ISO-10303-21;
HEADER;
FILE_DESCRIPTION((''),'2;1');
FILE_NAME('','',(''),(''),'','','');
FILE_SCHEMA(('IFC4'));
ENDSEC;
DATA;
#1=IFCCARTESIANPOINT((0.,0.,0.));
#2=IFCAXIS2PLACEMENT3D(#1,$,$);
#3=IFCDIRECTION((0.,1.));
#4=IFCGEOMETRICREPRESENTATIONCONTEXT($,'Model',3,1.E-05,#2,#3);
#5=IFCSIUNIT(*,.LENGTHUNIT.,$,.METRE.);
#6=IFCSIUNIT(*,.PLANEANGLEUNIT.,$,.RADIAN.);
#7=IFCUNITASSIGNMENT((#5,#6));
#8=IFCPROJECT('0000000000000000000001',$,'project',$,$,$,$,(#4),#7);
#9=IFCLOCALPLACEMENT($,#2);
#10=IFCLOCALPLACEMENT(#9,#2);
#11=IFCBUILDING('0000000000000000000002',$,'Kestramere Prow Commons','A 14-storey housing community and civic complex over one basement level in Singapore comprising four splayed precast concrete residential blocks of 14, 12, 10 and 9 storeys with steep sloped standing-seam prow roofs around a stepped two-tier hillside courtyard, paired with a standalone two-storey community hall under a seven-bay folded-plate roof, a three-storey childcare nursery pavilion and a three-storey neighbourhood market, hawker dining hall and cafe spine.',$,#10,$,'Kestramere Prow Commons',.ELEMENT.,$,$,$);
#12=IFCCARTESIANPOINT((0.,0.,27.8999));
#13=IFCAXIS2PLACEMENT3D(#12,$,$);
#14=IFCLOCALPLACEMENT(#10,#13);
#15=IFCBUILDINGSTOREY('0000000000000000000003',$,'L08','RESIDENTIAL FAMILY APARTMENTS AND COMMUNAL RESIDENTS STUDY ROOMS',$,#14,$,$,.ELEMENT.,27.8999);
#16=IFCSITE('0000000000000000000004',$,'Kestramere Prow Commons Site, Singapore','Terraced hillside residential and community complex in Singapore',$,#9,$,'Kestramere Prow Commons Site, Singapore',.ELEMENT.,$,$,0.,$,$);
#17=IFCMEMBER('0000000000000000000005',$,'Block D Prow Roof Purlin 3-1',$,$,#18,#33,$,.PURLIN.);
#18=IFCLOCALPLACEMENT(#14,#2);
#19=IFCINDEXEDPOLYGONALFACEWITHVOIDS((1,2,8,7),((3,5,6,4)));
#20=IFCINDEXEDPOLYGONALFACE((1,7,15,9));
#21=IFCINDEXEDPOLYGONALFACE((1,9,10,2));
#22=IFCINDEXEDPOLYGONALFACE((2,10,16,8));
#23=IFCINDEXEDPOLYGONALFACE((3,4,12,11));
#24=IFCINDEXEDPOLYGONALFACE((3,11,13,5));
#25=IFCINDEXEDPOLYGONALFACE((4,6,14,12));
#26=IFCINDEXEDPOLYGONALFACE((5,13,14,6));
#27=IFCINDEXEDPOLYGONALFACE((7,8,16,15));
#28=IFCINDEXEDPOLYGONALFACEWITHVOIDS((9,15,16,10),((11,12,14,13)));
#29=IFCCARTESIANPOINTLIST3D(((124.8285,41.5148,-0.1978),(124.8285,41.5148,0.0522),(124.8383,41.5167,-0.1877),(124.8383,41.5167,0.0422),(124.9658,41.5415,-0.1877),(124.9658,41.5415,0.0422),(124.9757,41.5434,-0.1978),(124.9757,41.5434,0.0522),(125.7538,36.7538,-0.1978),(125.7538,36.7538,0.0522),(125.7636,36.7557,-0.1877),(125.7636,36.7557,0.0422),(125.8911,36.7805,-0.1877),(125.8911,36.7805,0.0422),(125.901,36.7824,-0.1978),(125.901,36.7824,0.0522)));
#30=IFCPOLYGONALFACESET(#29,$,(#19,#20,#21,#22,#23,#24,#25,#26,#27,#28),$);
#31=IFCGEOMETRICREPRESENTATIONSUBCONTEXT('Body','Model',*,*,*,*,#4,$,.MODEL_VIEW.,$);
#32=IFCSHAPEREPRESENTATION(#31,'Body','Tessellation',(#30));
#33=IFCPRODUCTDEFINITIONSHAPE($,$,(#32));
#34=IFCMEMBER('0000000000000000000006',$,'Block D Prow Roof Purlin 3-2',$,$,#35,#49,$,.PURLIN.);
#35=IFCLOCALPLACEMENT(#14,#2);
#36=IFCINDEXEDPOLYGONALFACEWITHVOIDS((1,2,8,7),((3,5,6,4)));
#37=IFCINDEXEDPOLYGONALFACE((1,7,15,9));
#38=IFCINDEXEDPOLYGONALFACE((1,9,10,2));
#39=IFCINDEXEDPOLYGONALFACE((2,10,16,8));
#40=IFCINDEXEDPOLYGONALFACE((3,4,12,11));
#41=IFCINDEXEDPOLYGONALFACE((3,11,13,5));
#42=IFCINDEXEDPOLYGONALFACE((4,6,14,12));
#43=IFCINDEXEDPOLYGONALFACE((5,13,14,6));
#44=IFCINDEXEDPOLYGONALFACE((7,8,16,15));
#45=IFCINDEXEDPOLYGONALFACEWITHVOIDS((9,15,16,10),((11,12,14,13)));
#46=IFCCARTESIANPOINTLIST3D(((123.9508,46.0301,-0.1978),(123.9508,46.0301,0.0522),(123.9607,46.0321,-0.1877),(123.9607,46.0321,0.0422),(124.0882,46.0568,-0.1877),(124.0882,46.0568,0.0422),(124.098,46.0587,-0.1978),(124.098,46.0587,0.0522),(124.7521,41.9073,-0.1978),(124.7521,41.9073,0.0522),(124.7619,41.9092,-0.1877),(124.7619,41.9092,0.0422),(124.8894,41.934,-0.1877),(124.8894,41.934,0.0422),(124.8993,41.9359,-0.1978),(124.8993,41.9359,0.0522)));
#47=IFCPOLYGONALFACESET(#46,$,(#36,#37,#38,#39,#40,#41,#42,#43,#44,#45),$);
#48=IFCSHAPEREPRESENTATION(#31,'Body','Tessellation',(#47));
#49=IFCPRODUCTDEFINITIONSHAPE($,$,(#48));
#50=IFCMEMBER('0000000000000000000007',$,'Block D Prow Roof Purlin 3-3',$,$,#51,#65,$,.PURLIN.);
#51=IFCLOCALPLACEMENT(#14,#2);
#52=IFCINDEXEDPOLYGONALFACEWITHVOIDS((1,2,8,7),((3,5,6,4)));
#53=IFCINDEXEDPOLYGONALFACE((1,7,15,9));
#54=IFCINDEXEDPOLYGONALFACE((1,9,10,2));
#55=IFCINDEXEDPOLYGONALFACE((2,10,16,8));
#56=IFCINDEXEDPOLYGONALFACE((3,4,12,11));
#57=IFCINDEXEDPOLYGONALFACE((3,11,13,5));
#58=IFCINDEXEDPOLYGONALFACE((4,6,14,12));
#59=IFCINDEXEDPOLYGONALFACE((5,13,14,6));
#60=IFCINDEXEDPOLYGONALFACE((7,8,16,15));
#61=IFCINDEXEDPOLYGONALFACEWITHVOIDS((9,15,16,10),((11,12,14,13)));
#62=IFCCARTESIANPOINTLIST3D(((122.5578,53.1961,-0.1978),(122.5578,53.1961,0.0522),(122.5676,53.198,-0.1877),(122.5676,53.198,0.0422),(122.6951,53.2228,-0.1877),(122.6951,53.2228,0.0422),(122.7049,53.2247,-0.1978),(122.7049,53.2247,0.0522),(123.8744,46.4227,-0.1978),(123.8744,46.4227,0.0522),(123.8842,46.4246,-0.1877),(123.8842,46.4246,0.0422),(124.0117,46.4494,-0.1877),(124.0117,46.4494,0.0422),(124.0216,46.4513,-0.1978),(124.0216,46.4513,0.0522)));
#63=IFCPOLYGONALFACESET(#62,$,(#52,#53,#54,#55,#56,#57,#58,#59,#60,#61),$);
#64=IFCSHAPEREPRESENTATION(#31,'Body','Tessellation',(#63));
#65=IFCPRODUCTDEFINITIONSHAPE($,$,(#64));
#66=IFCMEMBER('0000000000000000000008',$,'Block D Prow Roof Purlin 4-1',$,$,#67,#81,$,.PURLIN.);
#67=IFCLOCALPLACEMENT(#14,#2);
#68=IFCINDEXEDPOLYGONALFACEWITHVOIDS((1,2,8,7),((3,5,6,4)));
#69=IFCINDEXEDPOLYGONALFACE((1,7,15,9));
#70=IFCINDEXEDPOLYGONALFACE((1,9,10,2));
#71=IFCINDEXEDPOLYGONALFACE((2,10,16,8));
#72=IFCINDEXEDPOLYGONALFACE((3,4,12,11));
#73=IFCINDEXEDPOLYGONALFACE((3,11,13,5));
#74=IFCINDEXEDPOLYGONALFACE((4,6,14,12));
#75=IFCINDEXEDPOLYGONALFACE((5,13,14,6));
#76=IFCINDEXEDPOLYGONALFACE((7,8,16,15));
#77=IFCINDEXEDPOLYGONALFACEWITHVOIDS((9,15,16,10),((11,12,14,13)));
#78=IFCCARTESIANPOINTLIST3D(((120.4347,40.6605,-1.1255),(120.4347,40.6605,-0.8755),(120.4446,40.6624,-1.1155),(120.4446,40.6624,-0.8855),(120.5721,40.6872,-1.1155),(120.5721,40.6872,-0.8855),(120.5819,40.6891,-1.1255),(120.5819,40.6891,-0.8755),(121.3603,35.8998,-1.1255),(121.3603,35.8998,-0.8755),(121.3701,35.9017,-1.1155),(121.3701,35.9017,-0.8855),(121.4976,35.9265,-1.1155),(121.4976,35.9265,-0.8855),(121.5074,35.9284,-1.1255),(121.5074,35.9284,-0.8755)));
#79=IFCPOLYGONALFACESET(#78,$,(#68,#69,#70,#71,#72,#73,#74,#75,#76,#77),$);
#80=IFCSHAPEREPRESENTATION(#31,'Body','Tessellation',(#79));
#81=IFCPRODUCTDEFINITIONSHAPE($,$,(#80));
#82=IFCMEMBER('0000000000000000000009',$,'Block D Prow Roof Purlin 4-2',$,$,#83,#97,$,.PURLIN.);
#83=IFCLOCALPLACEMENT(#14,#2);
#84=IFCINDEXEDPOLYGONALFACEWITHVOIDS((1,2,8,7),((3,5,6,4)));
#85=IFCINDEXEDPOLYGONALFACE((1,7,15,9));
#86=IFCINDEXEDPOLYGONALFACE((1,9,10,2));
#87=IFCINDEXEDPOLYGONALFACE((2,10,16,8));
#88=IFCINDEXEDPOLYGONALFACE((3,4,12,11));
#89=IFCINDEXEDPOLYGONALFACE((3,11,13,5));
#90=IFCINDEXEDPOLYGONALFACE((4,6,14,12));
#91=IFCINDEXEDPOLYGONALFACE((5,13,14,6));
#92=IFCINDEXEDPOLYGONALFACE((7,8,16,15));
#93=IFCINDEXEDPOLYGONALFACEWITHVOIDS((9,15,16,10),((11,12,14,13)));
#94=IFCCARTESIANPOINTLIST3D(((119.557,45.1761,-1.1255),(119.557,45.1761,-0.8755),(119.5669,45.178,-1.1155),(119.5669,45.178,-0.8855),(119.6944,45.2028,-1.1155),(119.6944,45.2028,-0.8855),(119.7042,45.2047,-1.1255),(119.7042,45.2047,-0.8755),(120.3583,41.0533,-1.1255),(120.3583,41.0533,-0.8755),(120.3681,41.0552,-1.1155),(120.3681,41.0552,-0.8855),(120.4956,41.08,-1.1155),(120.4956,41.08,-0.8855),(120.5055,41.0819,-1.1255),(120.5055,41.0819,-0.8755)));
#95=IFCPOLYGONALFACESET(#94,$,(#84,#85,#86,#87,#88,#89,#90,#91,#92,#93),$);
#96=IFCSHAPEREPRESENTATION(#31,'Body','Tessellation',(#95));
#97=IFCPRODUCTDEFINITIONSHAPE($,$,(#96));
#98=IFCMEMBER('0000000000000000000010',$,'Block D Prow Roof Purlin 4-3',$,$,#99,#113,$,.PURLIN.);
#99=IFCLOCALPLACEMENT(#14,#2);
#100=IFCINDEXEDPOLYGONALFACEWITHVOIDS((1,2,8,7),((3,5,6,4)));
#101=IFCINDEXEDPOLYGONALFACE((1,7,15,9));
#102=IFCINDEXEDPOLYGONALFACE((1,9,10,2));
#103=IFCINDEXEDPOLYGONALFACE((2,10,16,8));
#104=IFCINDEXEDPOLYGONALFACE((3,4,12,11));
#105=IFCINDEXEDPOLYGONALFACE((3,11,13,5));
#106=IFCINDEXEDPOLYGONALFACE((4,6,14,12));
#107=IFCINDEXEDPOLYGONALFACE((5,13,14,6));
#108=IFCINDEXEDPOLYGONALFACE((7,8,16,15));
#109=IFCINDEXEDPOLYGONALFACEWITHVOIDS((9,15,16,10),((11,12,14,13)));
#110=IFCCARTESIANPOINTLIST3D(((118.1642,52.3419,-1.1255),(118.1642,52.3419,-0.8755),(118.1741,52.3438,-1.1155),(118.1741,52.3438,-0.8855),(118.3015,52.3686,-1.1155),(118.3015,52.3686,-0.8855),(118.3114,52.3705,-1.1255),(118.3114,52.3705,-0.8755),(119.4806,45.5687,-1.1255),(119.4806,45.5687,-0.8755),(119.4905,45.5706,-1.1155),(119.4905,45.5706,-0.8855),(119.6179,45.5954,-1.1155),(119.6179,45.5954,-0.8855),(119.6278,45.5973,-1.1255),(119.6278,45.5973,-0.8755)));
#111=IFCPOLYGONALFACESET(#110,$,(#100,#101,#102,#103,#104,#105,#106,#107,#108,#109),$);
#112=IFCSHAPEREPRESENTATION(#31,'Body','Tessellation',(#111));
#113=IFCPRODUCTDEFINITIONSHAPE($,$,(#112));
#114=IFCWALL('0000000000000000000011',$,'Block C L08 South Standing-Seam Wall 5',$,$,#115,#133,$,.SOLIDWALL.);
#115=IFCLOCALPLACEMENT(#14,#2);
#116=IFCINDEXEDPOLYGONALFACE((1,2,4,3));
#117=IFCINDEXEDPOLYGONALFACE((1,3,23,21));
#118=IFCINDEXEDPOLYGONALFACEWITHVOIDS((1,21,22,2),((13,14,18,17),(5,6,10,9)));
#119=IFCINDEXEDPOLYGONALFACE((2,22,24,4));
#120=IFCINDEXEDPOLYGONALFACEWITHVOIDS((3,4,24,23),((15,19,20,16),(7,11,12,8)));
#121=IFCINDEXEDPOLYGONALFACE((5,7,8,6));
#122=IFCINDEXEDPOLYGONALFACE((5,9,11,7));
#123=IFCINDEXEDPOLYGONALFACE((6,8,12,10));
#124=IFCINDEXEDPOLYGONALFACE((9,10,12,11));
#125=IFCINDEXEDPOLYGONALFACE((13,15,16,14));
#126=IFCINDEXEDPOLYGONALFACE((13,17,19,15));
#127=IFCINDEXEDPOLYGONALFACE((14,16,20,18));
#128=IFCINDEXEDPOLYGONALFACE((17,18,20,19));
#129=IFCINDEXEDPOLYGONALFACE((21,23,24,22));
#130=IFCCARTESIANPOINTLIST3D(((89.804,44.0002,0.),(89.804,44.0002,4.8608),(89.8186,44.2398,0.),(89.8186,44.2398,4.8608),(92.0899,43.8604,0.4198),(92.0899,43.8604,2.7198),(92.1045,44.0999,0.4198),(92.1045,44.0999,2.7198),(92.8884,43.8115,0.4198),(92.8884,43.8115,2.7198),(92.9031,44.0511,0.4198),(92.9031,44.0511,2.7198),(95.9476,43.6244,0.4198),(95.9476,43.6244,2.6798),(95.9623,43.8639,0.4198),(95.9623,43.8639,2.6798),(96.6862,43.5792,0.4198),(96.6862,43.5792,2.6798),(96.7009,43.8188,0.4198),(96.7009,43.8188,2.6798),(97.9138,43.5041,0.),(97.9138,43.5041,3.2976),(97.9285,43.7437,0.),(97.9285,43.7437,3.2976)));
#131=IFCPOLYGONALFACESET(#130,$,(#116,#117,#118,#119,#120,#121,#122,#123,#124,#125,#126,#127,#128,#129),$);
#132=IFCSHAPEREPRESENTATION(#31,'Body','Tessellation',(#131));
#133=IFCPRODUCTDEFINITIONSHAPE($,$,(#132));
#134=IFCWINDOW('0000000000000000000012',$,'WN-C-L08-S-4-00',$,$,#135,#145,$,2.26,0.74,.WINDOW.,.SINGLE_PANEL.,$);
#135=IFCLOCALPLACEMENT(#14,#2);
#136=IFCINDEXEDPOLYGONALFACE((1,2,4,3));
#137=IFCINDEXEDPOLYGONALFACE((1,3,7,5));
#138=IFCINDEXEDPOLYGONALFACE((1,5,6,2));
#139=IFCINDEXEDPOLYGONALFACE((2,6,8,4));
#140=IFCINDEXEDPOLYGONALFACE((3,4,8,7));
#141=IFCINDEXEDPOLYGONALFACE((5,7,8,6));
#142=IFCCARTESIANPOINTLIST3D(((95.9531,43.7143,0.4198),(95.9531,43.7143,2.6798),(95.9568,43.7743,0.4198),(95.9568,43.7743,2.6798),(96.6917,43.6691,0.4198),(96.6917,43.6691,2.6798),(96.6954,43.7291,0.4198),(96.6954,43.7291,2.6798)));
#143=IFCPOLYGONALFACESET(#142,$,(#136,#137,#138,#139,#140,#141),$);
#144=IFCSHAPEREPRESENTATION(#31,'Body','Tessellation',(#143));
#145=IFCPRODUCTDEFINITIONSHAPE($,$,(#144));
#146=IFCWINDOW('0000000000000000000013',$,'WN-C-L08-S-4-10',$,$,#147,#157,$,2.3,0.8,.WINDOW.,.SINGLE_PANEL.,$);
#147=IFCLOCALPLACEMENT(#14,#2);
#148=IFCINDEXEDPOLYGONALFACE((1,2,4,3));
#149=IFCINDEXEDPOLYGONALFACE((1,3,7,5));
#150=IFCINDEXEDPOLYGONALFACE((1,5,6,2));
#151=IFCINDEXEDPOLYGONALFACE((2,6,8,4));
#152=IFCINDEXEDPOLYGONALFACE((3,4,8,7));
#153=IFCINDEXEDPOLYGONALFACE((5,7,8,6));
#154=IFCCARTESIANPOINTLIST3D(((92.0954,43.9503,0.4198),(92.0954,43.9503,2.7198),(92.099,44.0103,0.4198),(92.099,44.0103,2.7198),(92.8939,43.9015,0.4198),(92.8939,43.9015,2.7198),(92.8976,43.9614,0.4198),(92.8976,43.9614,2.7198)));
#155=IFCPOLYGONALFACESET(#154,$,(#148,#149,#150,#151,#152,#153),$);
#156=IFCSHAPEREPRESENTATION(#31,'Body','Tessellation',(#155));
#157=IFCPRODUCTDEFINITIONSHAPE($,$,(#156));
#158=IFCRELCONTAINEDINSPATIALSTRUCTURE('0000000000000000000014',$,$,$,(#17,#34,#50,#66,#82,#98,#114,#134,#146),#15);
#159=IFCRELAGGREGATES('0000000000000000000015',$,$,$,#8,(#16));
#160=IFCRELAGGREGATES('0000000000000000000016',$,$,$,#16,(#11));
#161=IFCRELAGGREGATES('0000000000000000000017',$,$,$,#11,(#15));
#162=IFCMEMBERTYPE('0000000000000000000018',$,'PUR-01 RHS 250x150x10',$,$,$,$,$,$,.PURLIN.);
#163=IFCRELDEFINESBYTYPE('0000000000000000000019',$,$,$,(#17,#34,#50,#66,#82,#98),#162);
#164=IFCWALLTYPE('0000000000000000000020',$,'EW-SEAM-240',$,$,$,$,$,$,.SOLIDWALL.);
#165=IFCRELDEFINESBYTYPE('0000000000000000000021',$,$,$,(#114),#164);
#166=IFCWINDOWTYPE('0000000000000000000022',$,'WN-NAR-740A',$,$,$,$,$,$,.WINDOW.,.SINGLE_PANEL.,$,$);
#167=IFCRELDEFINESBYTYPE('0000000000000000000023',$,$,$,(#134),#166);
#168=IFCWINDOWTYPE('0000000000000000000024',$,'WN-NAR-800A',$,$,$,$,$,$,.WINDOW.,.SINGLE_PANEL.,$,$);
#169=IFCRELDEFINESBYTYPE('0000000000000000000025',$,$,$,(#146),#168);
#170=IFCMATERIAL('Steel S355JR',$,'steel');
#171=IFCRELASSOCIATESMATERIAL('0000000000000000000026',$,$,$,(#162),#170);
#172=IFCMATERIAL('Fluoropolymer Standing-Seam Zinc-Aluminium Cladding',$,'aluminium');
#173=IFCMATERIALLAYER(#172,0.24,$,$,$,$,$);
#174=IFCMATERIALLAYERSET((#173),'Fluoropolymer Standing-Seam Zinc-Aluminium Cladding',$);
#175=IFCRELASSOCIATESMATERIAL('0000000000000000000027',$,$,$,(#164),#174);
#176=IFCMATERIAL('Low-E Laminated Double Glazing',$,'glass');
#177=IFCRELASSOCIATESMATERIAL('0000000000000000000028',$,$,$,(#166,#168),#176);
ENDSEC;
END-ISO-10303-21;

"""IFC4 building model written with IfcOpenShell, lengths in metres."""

from ifc_helpers import new_model, si_unit, direction, frame, frame_2d, origin, origin_2d, place, context, subcontext, project, spatial, polyline, rectangle, hollow_rectangle, outline, extrude, material, layer, layer_set, material_profile, profile_set, type_object, element, fill, save


model = new_model("IFC4")

# Units and contexts
model_context = context("Model", 3, precision=1e-05, world=origin(), true_north=direction((0.0, 1.0)))
body_context = subcontext(model_context, "Body", "Model", "MODEL_VIEW")
ifc_project = project(units=[si_unit("LENGTHUNIT", "METRE"), si_unit("PLANEANGLEUNIT", "RADIAN")], contexts=[model_context])

# Site, building, storey
site_placement = place(None, origin())
site = spatial("IfcSite", under=ifc_project, at=site_placement, Name="Kestramere Prow Commons Site, Singapore", Description="Terraced hillside residential and community complex in Singapore", LongName="Kestramere Prow Commons Site, Singapore", CompositionType="ELEMENT", RefElevation=0.0)
building_placement = place(site_placement, origin())
building = spatial("IfcBuilding", under=site, at=building_placement, Name="Kestramere Prow Commons", Description="A 14-storey housing community and civic complex over one basement level in Singapore comprising four splayed precast concrete residential blocks of 14, 12, 10 and 9 storeys with steep sloped standing-seam prow roofs around a stepped two-tier hillside courtyard, paired with a standalone two-storey community hall under a seven-bay folded-plate roof, a three-storey childcare nursery pavilion and a three-storey neighbourhood market, hawker dining hall and cafe spine.", LongName="Kestramere Prow Commons", CompositionType="ELEMENT")
storey_placement = place(building_placement, frame((0.0, 0.0, 27.8999)))
storey = spatial("IfcBuildingStorey", under=building, at=storey_placement, Name="L08", Description="RESIDENTIAL FAMILY APARTMENTS AND COMMUNAL RESIDENTS STUDY ROOMS", CompositionType="ELEMENT", Elevation=27.8999)

# Members
ifc_material_1 = material(Name="Steel S355JR", Category="steel")
ifc_material_profile_1 = material_profile(ifc_material_1, hollow_rectangle(XDim=0.1499, YDim=0.25, WallThickness=0.01, at=origin_2d()), Name="RHS 250x150x10")
ifc_profile_set_1 = profile_set([ifc_material_profile_1], Name="Steel S355JR")
member_type = type_object("IfcMemberType", Name="PUR-01 RHS 250x150x10", PredefinedType="PURLIN", material=ifc_profile_set_1)
member_1_placement = place(storey_placement, frame((125.8274, 36.7681, -0.0728), z_axis=(-0.190779, 0.981633, 0.0), x_axis=(-0.981633, -0.190779, 0.0)))
element("IfcMember", 1, at=member_1_placement, inside=storey, type_object=member_type, Name="Block D Prow Roof Purlin 3-1", PredefinedType="PURLIN", context=body_context, shape_type="SweptSolid", body=[
    extrude(hollow_rectangle(XDim=0.1499, YDim=0.25, WallThickness=0.01, at=origin_2d()), origin(), (0.0, 0.0, 1.0), 4.8501),
])
member_2_placement = place(storey_placement, frame((124.8257, 41.9216, -0.0728), z_axis=(-0.190781, 0.981633, 0.0), x_axis=(-0.981633, -0.190781, 0.0)))
element("IfcMember", 2, at=member_2_placement, inside=storey, type_object=member_type, Name="Block D Prow Roof Purlin 3-2", PredefinedType="PURLIN", context=body_context, shape_type="SweptSolid", body=[
    extrude(hollow_rectangle(XDim=0.1499, YDim=0.25, WallThickness=0.01, at=origin_2d()), origin(), (0.0, 0.0, 1.0), 4.2),
])
member_3_placement = place(storey_placement, frame((123.948, 46.437, -0.0728), z_axis=(-0.190813, 0.981626, 0.0), x_axis=(-0.981626, -0.190813, 0.0)))
element("IfcMember", 3, at=member_3_placement, inside=storey, type_object=member_type, Name="Block D Prow Roof Purlin 3-3", PredefinedType="PURLIN", context=body_context, shape_type="SweptSolid", body=[
    extrude(hollow_rectangle(XDim=0.1499, YDim=0.25, WallThickness=0.01, at=origin_2d()), origin(), (0.0, 0.0, 1.0), 6.9001),
])
member_4_placement = place(storey_placement, frame((121.4338, 35.9141, -1.0005), z_axis=(-0.190837, 0.981622, 0.0), x_axis=(-0.981622, -0.190837, 0.0)))
element("IfcMember", 4, at=member_4_placement, inside=storey, type_object=member_type, Name="Block D Prow Roof Purlin 4-1", PredefinedType="PURLIN", context=body_context, shape_type="SweptSolid", body=[
    extrude(hollow_rectangle(XDim=0.1499, YDim=0.25, WallThickness=0.01, at=origin_2d()), origin(), (0.0, 0.0, 1.0), 4.8499),
])
member_5_placement = place(storey_placement, frame((120.4319, 41.0676, -1.0005), z_axis=(-0.190781, 0.981633, 0.0), x_axis=(-0.981633, -0.190781, 0.0)))
element("IfcMember", 5, at=member_5_placement, inside=storey, type_object=member_type, Name="Block D Prow Roof Purlin 4-2", PredefinedType="PURLIN", context=body_context, shape_type="SweptSolid", body=[
    extrude(hollow_rectangle(XDim=0.1499, YDim=0.25, WallThickness=0.01, at=origin_2d()), origin(), (0.0, 0.0, 1.0), 4.2),
])
member_6_placement = place(storey_placement, frame((119.5542, 45.583, -1.0005), z_axis=(-0.190785, 0.981632, 0.0), x_axis=(-0.981632, -0.190785, 0.0)))
element("IfcMember", 6, at=member_6_placement, inside=storey, type_object=member_type, Name="Block D Prow Roof Purlin 4-3", PredefinedType="PURLIN", context=body_context, shape_type="SweptSolid", body=[
    extrude(hollow_rectangle(XDim=0.1499, YDim=0.25, WallThickness=0.01, at=origin_2d()), origin(), (0.0, 0.0, 1.0), 6.8999),
])

# Wall, openings, windows
ifc_material_2 = material(Name="Fluoropolymer Standing-Seam Zinc-Aluminium Cladding", Category="aluminium")
ifc_layer_1 = layer(ifc_material_2, 0.24)
ifc_layer_set_1 = layer_set([ifc_layer_1], Name="Fluoropolymer Standing-Seam Zinc-Aluminium Cladding")
wall_type_1 = type_object("IfcWallType", Name="EW-SEAM-240", PredefinedType="SOLIDWALL", material=ifc_layer_set_1)
wall_1_placement = place(storey_placement, frame((97.9211, 43.624, 0.0), z_axis=(0.0, 0.0, 1.0), x_axis=(-0.998134, 0.061058, 0.0)))
wall_1 = element("IfcWall", 7, at=wall_1_placement, inside=storey, type_object=wall_type_1, Name="Block C L08 South Standing-Seam Wall 5", PredefinedType="SOLIDWALL", context=body_context, shape_type="SweptSolid", body=[
    extrude(outline(polyline([(0.0, 0.0), (8.125, 0.0), (8.125, 4.8608), (0.0, 3.2976), (0.0, 0.0)])), frame((0.0, 0.1201, 0.0), z_axis=(0.0, -1.0, 0.0), x_axis=(1.0, 0.0, 0.0)), (0.0, 0.0, 1.0), 0.24),
])
opening_1_placement = place(wall_1_placement, frame((1.2297, 0.0, 0.4199)))
opening_1 = element("IfcOpeningElement", 8, at=opening_1_placement, cuts=wall_1, PredefinedType="OPENING", context=body_context, shape_type="SweptSolid", body=[
    extrude(rectangle(XDim=0.74, YDim=2.26, at=frame_2d((0.3701, 1.1299))), frame((0.0, 0.135, 0.0), z_axis=(0.0, -1.0, 0.0), x_axis=(1.0, 0.0, 0.0)), (0.0, 0.0, 1.0), 0.27),
])
opening_2_placement = place(wall_1_placement, frame((5.0349, 0.0, 0.4199)))
opening_2 = element("IfcOpeningElement", 9, at=opening_2_placement, cuts=wall_1, PredefinedType="OPENING", context=body_context, shape_type="SweptSolid", body=[
    extrude(rectangle(XDim=0.8, YDim=2.3, at=frame_2d((0.3999, 1.1499))), frame((0.0, 0.135, 0.0), z_axis=(0.0, -1.0, 0.0), x_axis=(1.0, 0.0, 0.0)), (0.0, 0.0, 1.0), 0.27),
])
ifc_material_3 = material(Name="Low-E Laminated Double Glazing", Category="glass")
window_type_1 = type_object("IfcWindowType", Name="WN-NAR-740A", PartitioningType="SINGLE_PANEL", PredefinedType="WINDOW", material=ifc_material_3)
window_1_placement = place(opening_1_placement, origin())
window_1 = element("IfcWindow", 10, at=window_1_placement, inside=storey, type_object=window_type_1, Name="WN-C-L08-S-4-00", OverallHeight=2.26, OverallWidth=0.74, PartitioningType="SINGLE_PANEL", PredefinedType="WINDOW", context=body_context, shape_type="SweptSolid", body=[
    extrude(rectangle(XDim=0.74, YDim=2.26, at=frame_2d((0.3701, 1.1299))), frame((0.0, 0.03, 0.0), z_axis=(0.0, -1.0, 0.0), x_axis=(1.0, 0.0, 0.0)), (0.0, 0.0, 1.0), 0.0601),
])
fill(opening_1, window_1)
window_type_2 = type_object("IfcWindowType", Name="WN-NAR-800A", PartitioningType="SINGLE_PANEL", PredefinedType="WINDOW", material=ifc_material_3)
window_2_placement = place(opening_2_placement, origin())
window_2 = element("IfcWindow", 11, at=window_2_placement, inside=storey, type_object=window_type_2, Name="WN-C-L08-S-4-10", OverallHeight=2.3, OverallWidth=0.8, PartitioningType="SINGLE_PANEL", PredefinedType="WINDOW", context=body_context, shape_type="SweptSolid", body=[
    extrude(rectangle(XDim=0.8, YDim=2.3, at=frame_2d((0.3999, 1.1499))), frame((0.0, 0.03, 0.0), z_axis=(0.0, -1.0, 0.0), x_axis=(1.0, 0.0, 0.0)), (0.0, 0.0, 1.0), 0.0601),
])
fill(opening_2, window_2)

save(model, "model.ifc")
